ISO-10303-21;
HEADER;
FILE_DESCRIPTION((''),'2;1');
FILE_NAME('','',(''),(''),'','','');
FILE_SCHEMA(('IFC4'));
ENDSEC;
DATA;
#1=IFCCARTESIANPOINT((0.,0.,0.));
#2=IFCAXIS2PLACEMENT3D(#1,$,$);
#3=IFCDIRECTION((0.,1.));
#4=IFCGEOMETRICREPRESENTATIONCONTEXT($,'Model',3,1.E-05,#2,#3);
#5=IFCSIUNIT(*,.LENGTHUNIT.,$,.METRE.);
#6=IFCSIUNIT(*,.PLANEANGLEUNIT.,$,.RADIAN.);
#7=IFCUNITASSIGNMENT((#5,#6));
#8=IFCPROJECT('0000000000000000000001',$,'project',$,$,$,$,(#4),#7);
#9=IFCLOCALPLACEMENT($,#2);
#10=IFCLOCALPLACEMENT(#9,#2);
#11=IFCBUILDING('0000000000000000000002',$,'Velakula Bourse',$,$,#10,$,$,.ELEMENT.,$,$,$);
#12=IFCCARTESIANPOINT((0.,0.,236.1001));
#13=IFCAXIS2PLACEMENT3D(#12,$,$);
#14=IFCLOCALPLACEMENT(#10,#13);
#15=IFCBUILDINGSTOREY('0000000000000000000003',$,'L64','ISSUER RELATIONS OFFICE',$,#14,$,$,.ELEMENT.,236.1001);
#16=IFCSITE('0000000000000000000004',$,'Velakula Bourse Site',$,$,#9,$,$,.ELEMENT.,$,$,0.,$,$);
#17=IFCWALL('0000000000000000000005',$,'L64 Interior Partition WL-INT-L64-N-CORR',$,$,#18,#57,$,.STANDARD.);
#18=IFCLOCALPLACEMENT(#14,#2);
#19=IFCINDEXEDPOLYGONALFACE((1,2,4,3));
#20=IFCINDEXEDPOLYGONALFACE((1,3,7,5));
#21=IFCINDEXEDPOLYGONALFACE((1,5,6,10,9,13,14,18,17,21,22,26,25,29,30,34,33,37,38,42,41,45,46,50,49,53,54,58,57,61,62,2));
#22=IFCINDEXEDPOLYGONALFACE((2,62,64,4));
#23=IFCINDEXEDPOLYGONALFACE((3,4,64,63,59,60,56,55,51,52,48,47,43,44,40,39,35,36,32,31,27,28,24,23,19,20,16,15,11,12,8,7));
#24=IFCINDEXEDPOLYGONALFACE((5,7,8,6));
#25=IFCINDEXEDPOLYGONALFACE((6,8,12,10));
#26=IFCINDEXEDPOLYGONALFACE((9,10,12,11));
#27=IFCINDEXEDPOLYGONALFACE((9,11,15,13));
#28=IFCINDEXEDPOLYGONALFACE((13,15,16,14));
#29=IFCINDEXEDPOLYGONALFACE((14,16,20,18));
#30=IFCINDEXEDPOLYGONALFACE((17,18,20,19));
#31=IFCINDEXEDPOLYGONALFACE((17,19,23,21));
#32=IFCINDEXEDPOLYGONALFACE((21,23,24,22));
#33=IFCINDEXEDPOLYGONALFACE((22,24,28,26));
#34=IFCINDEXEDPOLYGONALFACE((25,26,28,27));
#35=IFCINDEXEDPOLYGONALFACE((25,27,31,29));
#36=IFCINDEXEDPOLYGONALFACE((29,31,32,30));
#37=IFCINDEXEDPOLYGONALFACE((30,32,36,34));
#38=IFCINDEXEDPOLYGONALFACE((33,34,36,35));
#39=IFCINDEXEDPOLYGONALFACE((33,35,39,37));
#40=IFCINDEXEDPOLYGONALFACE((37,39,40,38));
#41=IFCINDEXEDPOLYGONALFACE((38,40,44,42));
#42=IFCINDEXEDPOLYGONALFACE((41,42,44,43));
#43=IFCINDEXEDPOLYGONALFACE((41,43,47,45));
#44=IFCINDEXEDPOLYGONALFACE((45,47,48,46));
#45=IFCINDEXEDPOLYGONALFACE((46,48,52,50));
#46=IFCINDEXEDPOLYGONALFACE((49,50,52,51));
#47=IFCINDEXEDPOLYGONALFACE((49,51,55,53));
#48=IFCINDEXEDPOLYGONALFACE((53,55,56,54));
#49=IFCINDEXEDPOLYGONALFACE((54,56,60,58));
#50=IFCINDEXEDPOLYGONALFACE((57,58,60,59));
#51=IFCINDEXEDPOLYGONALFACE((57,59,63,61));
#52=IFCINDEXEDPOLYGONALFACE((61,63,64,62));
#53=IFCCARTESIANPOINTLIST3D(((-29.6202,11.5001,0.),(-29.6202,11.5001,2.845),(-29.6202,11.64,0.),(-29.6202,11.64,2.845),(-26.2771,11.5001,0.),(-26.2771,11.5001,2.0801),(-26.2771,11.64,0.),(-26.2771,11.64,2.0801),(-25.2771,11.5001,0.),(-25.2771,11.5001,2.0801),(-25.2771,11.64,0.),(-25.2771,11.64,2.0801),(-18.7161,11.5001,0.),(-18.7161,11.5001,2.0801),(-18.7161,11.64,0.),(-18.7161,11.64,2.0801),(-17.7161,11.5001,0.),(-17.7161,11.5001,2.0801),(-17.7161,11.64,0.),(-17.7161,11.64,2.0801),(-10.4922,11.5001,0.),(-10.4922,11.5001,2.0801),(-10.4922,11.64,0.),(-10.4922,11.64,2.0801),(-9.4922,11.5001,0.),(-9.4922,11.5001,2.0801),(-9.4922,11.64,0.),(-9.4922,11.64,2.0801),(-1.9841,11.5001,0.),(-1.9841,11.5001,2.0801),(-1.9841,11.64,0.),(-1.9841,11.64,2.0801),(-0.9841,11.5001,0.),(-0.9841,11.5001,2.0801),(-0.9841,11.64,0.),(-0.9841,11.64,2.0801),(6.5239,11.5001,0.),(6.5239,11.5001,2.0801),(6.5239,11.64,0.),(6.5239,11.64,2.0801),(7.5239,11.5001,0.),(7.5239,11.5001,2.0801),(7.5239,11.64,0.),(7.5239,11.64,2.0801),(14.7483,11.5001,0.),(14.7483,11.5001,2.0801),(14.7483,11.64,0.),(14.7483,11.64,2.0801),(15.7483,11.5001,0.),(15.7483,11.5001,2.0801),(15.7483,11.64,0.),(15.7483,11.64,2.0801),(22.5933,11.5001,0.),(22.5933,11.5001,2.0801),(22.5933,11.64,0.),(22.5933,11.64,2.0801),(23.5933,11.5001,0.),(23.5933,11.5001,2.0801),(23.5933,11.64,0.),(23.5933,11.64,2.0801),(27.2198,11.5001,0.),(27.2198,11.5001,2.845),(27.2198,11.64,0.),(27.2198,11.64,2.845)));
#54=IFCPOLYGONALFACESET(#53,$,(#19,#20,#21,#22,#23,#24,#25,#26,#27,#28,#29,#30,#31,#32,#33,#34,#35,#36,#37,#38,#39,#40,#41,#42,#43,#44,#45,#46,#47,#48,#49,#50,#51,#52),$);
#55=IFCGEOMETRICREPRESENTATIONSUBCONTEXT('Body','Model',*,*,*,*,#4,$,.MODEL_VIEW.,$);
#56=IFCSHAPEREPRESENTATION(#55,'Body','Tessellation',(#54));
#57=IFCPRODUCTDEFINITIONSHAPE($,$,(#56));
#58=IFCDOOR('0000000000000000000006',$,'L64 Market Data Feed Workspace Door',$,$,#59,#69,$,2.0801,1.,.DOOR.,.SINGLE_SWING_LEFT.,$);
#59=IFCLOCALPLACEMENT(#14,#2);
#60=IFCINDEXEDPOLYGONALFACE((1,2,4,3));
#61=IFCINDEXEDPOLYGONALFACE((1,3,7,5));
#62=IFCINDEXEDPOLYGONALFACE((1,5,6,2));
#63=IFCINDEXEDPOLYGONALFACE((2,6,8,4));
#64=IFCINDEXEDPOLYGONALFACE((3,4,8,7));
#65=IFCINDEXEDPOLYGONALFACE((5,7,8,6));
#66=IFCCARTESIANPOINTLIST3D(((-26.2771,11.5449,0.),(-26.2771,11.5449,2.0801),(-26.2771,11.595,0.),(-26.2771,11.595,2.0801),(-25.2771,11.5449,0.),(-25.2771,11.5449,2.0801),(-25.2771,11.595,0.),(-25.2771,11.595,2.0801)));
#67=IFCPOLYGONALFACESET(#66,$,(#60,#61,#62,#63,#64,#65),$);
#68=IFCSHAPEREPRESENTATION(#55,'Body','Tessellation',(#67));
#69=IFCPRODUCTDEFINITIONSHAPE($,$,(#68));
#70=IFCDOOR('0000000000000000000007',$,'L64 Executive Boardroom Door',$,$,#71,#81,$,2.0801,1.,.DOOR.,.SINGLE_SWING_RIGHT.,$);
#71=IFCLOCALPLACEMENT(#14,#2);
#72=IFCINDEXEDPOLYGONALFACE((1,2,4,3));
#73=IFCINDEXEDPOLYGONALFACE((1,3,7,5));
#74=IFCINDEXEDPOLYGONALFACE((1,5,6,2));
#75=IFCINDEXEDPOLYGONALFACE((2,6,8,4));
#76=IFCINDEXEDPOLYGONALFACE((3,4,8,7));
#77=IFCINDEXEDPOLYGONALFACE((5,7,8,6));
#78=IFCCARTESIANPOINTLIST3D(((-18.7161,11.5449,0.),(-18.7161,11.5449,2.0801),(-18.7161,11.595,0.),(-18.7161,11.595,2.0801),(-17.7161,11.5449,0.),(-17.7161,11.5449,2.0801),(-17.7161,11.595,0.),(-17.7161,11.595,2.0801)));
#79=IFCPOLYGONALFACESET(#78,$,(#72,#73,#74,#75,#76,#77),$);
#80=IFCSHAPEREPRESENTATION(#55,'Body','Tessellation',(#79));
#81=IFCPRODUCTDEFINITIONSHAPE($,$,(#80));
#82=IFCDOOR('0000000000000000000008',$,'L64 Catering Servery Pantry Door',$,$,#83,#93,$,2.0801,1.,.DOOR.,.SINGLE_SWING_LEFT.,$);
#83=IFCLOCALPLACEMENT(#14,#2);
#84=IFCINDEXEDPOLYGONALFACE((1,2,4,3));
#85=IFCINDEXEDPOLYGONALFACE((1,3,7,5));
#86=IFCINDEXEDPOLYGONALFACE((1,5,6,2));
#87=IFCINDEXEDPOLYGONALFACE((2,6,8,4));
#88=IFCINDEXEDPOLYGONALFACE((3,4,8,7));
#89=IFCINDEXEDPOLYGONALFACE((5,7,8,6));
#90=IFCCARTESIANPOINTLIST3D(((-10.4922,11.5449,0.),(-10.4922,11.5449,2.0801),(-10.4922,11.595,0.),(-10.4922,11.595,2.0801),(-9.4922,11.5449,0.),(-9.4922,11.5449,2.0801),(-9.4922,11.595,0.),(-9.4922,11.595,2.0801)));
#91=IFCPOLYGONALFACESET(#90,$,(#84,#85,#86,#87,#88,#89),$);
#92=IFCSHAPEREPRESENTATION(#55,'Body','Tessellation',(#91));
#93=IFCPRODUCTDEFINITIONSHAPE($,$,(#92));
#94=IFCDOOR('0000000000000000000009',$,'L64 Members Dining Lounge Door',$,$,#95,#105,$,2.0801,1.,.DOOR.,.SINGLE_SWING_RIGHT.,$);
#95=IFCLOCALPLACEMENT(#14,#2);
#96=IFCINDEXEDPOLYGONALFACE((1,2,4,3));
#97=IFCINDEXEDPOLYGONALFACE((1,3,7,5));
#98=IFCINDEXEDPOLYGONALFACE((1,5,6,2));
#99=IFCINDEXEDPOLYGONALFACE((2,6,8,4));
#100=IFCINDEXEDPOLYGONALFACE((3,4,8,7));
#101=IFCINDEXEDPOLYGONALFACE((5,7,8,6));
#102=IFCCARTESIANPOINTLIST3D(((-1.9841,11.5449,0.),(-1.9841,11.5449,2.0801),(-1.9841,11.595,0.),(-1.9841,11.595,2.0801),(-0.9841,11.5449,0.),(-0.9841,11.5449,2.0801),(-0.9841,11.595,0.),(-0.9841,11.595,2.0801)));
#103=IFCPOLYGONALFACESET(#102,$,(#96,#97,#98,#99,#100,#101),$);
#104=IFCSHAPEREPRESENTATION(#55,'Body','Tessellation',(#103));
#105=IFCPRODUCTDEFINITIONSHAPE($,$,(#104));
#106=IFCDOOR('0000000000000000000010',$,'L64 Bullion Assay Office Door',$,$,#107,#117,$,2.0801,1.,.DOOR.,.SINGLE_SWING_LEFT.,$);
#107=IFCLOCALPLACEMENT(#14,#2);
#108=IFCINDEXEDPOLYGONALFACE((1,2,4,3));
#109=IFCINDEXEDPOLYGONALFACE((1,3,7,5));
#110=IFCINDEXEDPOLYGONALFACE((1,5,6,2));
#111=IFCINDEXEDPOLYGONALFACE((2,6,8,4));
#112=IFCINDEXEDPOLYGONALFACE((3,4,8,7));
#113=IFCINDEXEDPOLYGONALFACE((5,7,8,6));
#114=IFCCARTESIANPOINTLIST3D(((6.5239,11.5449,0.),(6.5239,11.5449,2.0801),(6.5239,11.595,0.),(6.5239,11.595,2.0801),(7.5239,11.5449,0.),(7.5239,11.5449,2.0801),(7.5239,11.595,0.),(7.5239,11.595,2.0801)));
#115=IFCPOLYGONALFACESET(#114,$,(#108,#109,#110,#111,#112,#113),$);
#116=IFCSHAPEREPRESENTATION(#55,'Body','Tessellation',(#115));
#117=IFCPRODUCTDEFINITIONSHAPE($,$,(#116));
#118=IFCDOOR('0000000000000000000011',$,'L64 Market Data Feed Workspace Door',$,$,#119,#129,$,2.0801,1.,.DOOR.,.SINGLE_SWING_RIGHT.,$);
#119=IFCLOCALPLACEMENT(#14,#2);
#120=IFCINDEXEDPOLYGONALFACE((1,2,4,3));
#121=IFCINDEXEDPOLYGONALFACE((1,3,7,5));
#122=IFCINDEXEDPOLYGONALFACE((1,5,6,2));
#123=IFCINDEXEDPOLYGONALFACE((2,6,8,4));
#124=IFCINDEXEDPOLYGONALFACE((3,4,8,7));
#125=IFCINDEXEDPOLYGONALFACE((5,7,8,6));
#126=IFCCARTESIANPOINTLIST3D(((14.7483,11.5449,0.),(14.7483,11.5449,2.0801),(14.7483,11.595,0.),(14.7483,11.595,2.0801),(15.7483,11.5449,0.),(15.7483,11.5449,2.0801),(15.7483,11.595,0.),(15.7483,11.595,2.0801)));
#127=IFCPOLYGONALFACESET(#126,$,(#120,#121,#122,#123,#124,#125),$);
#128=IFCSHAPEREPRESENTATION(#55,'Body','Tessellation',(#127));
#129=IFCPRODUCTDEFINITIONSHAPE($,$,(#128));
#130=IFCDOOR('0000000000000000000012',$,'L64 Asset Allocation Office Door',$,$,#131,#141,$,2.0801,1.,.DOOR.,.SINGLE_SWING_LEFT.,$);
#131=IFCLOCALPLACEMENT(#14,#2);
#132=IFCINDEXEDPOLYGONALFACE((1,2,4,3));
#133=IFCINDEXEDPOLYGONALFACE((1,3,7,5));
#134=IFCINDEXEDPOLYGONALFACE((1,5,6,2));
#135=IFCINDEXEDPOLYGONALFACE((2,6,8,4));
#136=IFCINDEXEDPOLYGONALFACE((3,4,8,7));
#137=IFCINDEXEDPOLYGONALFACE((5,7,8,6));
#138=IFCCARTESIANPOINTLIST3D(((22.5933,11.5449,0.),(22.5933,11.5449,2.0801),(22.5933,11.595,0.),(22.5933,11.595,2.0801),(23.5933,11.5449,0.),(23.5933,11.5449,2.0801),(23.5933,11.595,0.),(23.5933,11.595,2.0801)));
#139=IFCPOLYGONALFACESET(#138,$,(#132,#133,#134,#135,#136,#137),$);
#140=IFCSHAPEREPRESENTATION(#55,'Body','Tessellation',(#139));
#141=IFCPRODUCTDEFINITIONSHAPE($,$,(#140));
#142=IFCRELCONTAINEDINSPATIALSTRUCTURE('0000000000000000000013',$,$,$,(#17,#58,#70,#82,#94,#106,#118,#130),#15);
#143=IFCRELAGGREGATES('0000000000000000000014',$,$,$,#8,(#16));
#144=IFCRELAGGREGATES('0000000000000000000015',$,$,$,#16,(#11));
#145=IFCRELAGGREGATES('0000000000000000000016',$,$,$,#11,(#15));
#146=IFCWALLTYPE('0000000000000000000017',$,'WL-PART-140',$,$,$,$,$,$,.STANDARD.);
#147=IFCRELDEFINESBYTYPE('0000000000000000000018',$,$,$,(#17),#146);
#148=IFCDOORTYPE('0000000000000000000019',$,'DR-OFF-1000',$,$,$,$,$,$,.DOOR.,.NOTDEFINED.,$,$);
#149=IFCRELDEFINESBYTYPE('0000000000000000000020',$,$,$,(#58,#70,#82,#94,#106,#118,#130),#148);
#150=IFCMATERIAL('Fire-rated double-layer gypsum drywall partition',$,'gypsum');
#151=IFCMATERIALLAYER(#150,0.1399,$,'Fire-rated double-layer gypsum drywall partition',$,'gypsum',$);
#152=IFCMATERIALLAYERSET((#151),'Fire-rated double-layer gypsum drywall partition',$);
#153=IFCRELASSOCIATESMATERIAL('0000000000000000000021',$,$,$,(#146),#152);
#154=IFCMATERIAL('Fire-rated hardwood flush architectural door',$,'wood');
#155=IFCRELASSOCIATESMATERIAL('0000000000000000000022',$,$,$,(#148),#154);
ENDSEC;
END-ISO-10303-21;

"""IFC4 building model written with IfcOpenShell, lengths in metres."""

from ifc_helpers import new_model, si_unit, direction, frame, frame_2d, origin, place, context, subcontext, project, spatial, rectangle, extrude, material, layer, layer_set, type_object, element, fill, save


model = new_model("IFC4")

# Units and contexts
model_context = context("Model", 3, precision=1e-05, world=origin(), true_north=direction((0.0, 1.0)))
body_context = subcontext(model_context, "Body", "Model", "MODEL_VIEW")
ifc_project = project(units=[si_unit("LENGTHUNIT", "METRE"), si_unit("PLANEANGLEUNIT", "RADIAN")], contexts=[model_context])

# Site, building, storey
site_placement = place(None, origin())
site = spatial("IfcSite", under=ifc_project, at=site_placement, Name="Velakula Bourse Site", CompositionType="ELEMENT", RefElevation=0.0)
building_placement = place(site_placement, origin())
building = spatial("IfcBuilding", under=site, at=building_placement, Name="Velakula Bourse", CompositionType="ELEMENT")
storey_placement = place(building_placement, frame((0.0, 0.0, 236.1001)))
storey = spatial("IfcBuildingStorey", under=building, at=storey_placement, Name="L64", Description="ISSUER RELATIONS OFFICE", CompositionType="ELEMENT", Elevation=236.1001)

# Wall, openings, doors
ifc_material_1 = material(Name="Fire-rated double-layer gypsum drywall partition", Category="gypsum")
ifc_layer_1 = layer(ifc_material_1, 0.1399, Name="Fire-rated double-layer gypsum drywall partition", Category="gypsum")
ifc_layer_set_1 = layer_set([ifc_layer_1], Name="Fire-rated double-layer gypsum drywall partition")
wall_type_1 = type_object("IfcWallType", Name="WL-PART-140", PredefinedType="STANDARD", material=ifc_layer_set_1)
wall_1_placement = place(storey_placement, frame((-29.6201, 11.5701, 0.0), z_axis=(0.0, 0.0, 1.0), x_axis=(1.0, 0.0, 0.0)))
wall_1 = element("IfcWall", 1, at=wall_1_placement, inside=storey, type_object=wall_type_1, Name="L64 Interior Partition WL-INT-L64-N-CORR", PredefinedType="STANDARD", context=body_context, shape_type="SweptSolid", body=[
    extrude(rectangle(XDim=56.8401, YDim=0.1399, at=frame_2d((28.4199, 0.0))), origin(), (0.0, 0.0, 1.0), 2.845),
])
opening_1_placement = place(wall_1_placement, frame((3.343, 0.0, 0.0)))
opening_1 = element("IfcOpeningElement", 2, at=opening_1_placement, cuts=wall_1, PredefinedType="OPENING", context=body_context, shape_type="SweptSolid", body=[
    extrude(rectangle(XDim=1.0, YDim=2.0801, at=frame_2d((0.5, 1.04))), frame((0.0, 0.0798, 0.0), z_axis=(0.0, -1.0, 0.0), x_axis=(1.0, 0.0, 0.0)), (0.0, 0.0, 1.0), 0.1599),
])
opening_2_placement = place(wall_1_placement, frame((10.9041, 0.0, 0.0)))
opening_2 = element("IfcOpeningElement", 3, at=opening_2_placement, cuts=wall_1, PredefinedType="OPENING", context=body_context, shape_type="SweptSolid", body=[
    extrude(rectangle(XDim=1.0, YDim=2.0801, at=frame_2d((0.5, 1.04))), frame((0.0, 0.0798, 0.0), z_axis=(0.0, -1.0, 0.0), x_axis=(1.0, 0.0, 0.0)), (0.0, 0.0, 1.0), 0.1599),
])
opening_3_placement = place(wall_1_placement, frame((19.1279, 0.0, 0.0)))
opening_3 = element("IfcOpeningElement", 4, at=opening_3_placement, cuts=wall_1, PredefinedType="OPENING", context=body_context, shape_type="SweptSolid", body=[
    extrude(rectangle(XDim=1.0, YDim=2.0801, at=frame_2d((0.5, 1.04))), frame((0.0, 0.0798, 0.0), z_axis=(0.0, -1.0, 0.0), x_axis=(1.0, 0.0, 0.0)), (0.0, 0.0, 1.0), 0.1599),
])
opening_4_placement = place(wall_1_placement, frame((27.636, 0.0, 0.0)))
opening_4 = element("IfcOpeningElement", 5, at=opening_4_placement, cuts=wall_1, PredefinedType="OPENING", context=body_context, shape_type="SweptSolid", body=[
    extrude(rectangle(XDim=1.0, YDim=2.0801, at=frame_2d((0.5, 1.04))), frame((0.0, 0.0798, 0.0), z_axis=(0.0, -1.0, 0.0), x_axis=(1.0, 0.0, 0.0)), (0.0, 0.0, 1.0), 0.1599),
])
opening_5_placement = place(wall_1_placement, frame((36.144, 0.0, 0.0)))
opening_5 = element("IfcOpeningElement", 6, at=opening_5_placement, cuts=wall_1, PredefinedType="OPENING", context=body_context, shape_type="SweptSolid", body=[
    extrude(rectangle(XDim=1.0, YDim=2.0801, at=frame_2d((0.5, 1.04))), frame((0.0, 0.0798, 0.0), z_axis=(0.0, -1.0, 0.0), x_axis=(1.0, 0.0, 0.0)), (0.0, 0.0, 1.0), 0.1599),
])
opening_6_placement = place(wall_1_placement, frame((44.3684, 0.0, 0.0)))
opening_6 = element("IfcOpeningElement", 7, at=opening_6_placement, cuts=wall_1, PredefinedType="OPENING", context=body_context, shape_type="SweptSolid", body=[
    extrude(rectangle(XDim=1.0, YDim=2.0801, at=frame_2d((0.5, 1.04))), frame((0.0, 0.0798, 0.0), z_axis=(0.0, -1.0, 0.0), x_axis=(1.0, 0.0, 0.0)), (0.0, 0.0, 1.0), 0.1599),
])
opening_7_placement = place(wall_1_placement, frame((52.2134, 0.0, 0.0)))
opening_7 = element("IfcOpeningElement", 8, at=opening_7_placement, cuts=wall_1, PredefinedType="OPENING", context=body_context, shape_type="SweptSolid", body=[
    extrude(rectangle(XDim=1.0, YDim=2.0801, at=frame_2d((0.5, 1.04))), frame((0.0, 0.0798, 0.0), z_axis=(0.0, -1.0, 0.0), x_axis=(1.0, 0.0, 0.0)), (0.0, 0.0, 1.0), 0.1599),
])
ifc_material_2 = material(Name="Fire-rated hardwood flush architectural door", Category="wood")
door_type = type_object("IfcDoorType", Name="DR-OFF-1000", OperationType="NOTDEFINED", PredefinedType="DOOR", material=ifc_material_2)
door_1_placement = place(opening_1_placement, origin())
door_1 = element("IfcDoor", 9, at=door_1_placement, inside=storey, type_object=door_type, Name="L64 Market Data Feed Workspace Door", OperationType="SINGLE_SWING_LEFT", OverallHeight=2.0801, OverallWidth=1.0, PredefinedType="DOOR", context=body_context, shape_type="SweptSolid", body=[
    extrude(rectangle(XDim=1.0, YDim=2.0801, at=frame_2d((0.5, 1.04))), frame((0.0, 0.0249, 0.0), z_axis=(0.0, -1.0, 0.0), x_axis=(1.0, 0.0, 0.0)), (0.0, 0.0, 1.0), 0.05),
])
fill(opening_1, door_1)
door_2_placement = place(opening_2_placement, origin())
door_2 = element("IfcDoor", 10, at=door_2_placement, inside=storey, type_object=door_type, Name="L64 Executive Boardroom Door", OperationType="SINGLE_SWING_RIGHT", OverallHeight=2.0801, OverallWidth=1.0, PredefinedType="DOOR", context=body_context, shape_type="SweptSolid", body=[
    extrude(rectangle(XDim=1.0, YDim=2.0801, at=frame_2d((0.5, 1.04))), frame((0.0, 0.0249, 0.0), z_axis=(0.0, -1.0, 0.0), x_axis=(1.0, 0.0, 0.0)), (0.0, 0.0, 1.0), 0.05),
])
fill(opening_2, door_2)
door_3_placement = place(opening_3_placement, origin())
door_3 = element("IfcDoor", 11, at=door_3_placement, inside=storey, type_object=door_type, Name="L64 Catering Servery Pantry Door", OperationType="SINGLE_SWING_LEFT", OverallHeight=2.0801, OverallWidth=1.0, PredefinedType="DOOR", context=body_context, shape_type="SweptSolid", body=[
    extrude(rectangle(XDim=1.0, YDim=2.0801, at=frame_2d((0.5, 1.04))), frame((0.0, 0.0249, 0.0), z_axis=(0.0, -1.0, 0.0), x_axis=(1.0, 0.0, 0.0)), (0.0, 0.0, 1.0), 0.05),
])
fill(opening_3, door_3)
door_4_placement = place(opening_4_placement, origin())
door_4 = element("IfcDoor", 12, at=door_4_placement, inside=storey, type_object=door_type, Name="L64 Members Dining Lounge Door", OperationType="SINGLE_SWING_RIGHT", OverallHeight=2.0801, OverallWidth=1.0, PredefinedType="DOOR", context=body_context, shape_type="SweptSolid", body=[
    extrude(rectangle(XDim=1.0, YDim=2.0801, at=frame_2d((0.5, 1.04))), frame((0.0, 0.0249, 0.0), z_axis=(0.0, -1.0, 0.0), x_axis=(1.0, 0.0, 0.0)), (0.0, 0.0, 1.0), 0.05),
])
fill(opening_4, door_4)
door_5_placement = place(opening_5_placement, origin())
door_5 = element("IfcDoor", 13, at=door_5_placement, inside=storey, type_object=door_type, Name="L64 Bullion Assay Office Door", OperationType="SINGLE_SWING_LEFT", OverallHeight=2.0801, OverallWidth=1.0, PredefinedType="DOOR", context=body_context, shape_type="SweptSolid", body=[
    extrude(rectangle(XDim=1.0, YDim=2.0801, at=frame_2d((0.5, 1.04))), frame((0.0, 0.0249, 0.0), z_axis=(0.0, -1.0, 0.0), x_axis=(1.0, 0.0, 0.0)), (0.0, 0.0, 1.0), 0.05),
])
fill(opening_5, door_5)
door_6_placement = place(opening_6_placement, origin())
door_6 = element("IfcDoor", 14, at=door_6_placement, inside=storey, type_object=door_type, Name="L64 Market Data Feed Workspace Door", OperationType="SINGLE_SWING_RIGHT", OverallHeight=2.0801, OverallWidth=1.0, PredefinedType="DOOR", context=body_context, shape_type="SweptSolid", body=[
    extrude(rectangle(XDim=1.0, YDim=2.0801, at=frame_2d((0.5, 1.04))), frame((0.0, 0.0249, 0.0), z_axis=(0.0, -1.0, 0.0), x_axis=(1.0, 0.0, 0.0)), (0.0, 0.0, 1.0), 0.05),
])
fill(opening_6, door_6)
door_7_placement = place(opening_7_placement, origin())
door_7 = element("IfcDoor", 15, at=door_7_placement, inside=storey, type_object=door_type, Name="L64 Asset Allocation Office Door", OperationType="SINGLE_SWING_LEFT", OverallHeight=2.0801, OverallWidth=1.0, PredefinedType="DOOR", context=body_context, shape_type="SweptSolid", body=[
    extrude(rectangle(XDim=1.0, YDim=2.0801, at=frame_2d((0.5, 1.04))), frame((0.0, 0.0249, 0.0), z_axis=(0.0, -1.0, 0.0), x_axis=(1.0, 0.0, 0.0)), (0.0, 0.0, 1.0), 0.05),
])
fill(opening_7, door_7)

save(model, "model.ifc")
